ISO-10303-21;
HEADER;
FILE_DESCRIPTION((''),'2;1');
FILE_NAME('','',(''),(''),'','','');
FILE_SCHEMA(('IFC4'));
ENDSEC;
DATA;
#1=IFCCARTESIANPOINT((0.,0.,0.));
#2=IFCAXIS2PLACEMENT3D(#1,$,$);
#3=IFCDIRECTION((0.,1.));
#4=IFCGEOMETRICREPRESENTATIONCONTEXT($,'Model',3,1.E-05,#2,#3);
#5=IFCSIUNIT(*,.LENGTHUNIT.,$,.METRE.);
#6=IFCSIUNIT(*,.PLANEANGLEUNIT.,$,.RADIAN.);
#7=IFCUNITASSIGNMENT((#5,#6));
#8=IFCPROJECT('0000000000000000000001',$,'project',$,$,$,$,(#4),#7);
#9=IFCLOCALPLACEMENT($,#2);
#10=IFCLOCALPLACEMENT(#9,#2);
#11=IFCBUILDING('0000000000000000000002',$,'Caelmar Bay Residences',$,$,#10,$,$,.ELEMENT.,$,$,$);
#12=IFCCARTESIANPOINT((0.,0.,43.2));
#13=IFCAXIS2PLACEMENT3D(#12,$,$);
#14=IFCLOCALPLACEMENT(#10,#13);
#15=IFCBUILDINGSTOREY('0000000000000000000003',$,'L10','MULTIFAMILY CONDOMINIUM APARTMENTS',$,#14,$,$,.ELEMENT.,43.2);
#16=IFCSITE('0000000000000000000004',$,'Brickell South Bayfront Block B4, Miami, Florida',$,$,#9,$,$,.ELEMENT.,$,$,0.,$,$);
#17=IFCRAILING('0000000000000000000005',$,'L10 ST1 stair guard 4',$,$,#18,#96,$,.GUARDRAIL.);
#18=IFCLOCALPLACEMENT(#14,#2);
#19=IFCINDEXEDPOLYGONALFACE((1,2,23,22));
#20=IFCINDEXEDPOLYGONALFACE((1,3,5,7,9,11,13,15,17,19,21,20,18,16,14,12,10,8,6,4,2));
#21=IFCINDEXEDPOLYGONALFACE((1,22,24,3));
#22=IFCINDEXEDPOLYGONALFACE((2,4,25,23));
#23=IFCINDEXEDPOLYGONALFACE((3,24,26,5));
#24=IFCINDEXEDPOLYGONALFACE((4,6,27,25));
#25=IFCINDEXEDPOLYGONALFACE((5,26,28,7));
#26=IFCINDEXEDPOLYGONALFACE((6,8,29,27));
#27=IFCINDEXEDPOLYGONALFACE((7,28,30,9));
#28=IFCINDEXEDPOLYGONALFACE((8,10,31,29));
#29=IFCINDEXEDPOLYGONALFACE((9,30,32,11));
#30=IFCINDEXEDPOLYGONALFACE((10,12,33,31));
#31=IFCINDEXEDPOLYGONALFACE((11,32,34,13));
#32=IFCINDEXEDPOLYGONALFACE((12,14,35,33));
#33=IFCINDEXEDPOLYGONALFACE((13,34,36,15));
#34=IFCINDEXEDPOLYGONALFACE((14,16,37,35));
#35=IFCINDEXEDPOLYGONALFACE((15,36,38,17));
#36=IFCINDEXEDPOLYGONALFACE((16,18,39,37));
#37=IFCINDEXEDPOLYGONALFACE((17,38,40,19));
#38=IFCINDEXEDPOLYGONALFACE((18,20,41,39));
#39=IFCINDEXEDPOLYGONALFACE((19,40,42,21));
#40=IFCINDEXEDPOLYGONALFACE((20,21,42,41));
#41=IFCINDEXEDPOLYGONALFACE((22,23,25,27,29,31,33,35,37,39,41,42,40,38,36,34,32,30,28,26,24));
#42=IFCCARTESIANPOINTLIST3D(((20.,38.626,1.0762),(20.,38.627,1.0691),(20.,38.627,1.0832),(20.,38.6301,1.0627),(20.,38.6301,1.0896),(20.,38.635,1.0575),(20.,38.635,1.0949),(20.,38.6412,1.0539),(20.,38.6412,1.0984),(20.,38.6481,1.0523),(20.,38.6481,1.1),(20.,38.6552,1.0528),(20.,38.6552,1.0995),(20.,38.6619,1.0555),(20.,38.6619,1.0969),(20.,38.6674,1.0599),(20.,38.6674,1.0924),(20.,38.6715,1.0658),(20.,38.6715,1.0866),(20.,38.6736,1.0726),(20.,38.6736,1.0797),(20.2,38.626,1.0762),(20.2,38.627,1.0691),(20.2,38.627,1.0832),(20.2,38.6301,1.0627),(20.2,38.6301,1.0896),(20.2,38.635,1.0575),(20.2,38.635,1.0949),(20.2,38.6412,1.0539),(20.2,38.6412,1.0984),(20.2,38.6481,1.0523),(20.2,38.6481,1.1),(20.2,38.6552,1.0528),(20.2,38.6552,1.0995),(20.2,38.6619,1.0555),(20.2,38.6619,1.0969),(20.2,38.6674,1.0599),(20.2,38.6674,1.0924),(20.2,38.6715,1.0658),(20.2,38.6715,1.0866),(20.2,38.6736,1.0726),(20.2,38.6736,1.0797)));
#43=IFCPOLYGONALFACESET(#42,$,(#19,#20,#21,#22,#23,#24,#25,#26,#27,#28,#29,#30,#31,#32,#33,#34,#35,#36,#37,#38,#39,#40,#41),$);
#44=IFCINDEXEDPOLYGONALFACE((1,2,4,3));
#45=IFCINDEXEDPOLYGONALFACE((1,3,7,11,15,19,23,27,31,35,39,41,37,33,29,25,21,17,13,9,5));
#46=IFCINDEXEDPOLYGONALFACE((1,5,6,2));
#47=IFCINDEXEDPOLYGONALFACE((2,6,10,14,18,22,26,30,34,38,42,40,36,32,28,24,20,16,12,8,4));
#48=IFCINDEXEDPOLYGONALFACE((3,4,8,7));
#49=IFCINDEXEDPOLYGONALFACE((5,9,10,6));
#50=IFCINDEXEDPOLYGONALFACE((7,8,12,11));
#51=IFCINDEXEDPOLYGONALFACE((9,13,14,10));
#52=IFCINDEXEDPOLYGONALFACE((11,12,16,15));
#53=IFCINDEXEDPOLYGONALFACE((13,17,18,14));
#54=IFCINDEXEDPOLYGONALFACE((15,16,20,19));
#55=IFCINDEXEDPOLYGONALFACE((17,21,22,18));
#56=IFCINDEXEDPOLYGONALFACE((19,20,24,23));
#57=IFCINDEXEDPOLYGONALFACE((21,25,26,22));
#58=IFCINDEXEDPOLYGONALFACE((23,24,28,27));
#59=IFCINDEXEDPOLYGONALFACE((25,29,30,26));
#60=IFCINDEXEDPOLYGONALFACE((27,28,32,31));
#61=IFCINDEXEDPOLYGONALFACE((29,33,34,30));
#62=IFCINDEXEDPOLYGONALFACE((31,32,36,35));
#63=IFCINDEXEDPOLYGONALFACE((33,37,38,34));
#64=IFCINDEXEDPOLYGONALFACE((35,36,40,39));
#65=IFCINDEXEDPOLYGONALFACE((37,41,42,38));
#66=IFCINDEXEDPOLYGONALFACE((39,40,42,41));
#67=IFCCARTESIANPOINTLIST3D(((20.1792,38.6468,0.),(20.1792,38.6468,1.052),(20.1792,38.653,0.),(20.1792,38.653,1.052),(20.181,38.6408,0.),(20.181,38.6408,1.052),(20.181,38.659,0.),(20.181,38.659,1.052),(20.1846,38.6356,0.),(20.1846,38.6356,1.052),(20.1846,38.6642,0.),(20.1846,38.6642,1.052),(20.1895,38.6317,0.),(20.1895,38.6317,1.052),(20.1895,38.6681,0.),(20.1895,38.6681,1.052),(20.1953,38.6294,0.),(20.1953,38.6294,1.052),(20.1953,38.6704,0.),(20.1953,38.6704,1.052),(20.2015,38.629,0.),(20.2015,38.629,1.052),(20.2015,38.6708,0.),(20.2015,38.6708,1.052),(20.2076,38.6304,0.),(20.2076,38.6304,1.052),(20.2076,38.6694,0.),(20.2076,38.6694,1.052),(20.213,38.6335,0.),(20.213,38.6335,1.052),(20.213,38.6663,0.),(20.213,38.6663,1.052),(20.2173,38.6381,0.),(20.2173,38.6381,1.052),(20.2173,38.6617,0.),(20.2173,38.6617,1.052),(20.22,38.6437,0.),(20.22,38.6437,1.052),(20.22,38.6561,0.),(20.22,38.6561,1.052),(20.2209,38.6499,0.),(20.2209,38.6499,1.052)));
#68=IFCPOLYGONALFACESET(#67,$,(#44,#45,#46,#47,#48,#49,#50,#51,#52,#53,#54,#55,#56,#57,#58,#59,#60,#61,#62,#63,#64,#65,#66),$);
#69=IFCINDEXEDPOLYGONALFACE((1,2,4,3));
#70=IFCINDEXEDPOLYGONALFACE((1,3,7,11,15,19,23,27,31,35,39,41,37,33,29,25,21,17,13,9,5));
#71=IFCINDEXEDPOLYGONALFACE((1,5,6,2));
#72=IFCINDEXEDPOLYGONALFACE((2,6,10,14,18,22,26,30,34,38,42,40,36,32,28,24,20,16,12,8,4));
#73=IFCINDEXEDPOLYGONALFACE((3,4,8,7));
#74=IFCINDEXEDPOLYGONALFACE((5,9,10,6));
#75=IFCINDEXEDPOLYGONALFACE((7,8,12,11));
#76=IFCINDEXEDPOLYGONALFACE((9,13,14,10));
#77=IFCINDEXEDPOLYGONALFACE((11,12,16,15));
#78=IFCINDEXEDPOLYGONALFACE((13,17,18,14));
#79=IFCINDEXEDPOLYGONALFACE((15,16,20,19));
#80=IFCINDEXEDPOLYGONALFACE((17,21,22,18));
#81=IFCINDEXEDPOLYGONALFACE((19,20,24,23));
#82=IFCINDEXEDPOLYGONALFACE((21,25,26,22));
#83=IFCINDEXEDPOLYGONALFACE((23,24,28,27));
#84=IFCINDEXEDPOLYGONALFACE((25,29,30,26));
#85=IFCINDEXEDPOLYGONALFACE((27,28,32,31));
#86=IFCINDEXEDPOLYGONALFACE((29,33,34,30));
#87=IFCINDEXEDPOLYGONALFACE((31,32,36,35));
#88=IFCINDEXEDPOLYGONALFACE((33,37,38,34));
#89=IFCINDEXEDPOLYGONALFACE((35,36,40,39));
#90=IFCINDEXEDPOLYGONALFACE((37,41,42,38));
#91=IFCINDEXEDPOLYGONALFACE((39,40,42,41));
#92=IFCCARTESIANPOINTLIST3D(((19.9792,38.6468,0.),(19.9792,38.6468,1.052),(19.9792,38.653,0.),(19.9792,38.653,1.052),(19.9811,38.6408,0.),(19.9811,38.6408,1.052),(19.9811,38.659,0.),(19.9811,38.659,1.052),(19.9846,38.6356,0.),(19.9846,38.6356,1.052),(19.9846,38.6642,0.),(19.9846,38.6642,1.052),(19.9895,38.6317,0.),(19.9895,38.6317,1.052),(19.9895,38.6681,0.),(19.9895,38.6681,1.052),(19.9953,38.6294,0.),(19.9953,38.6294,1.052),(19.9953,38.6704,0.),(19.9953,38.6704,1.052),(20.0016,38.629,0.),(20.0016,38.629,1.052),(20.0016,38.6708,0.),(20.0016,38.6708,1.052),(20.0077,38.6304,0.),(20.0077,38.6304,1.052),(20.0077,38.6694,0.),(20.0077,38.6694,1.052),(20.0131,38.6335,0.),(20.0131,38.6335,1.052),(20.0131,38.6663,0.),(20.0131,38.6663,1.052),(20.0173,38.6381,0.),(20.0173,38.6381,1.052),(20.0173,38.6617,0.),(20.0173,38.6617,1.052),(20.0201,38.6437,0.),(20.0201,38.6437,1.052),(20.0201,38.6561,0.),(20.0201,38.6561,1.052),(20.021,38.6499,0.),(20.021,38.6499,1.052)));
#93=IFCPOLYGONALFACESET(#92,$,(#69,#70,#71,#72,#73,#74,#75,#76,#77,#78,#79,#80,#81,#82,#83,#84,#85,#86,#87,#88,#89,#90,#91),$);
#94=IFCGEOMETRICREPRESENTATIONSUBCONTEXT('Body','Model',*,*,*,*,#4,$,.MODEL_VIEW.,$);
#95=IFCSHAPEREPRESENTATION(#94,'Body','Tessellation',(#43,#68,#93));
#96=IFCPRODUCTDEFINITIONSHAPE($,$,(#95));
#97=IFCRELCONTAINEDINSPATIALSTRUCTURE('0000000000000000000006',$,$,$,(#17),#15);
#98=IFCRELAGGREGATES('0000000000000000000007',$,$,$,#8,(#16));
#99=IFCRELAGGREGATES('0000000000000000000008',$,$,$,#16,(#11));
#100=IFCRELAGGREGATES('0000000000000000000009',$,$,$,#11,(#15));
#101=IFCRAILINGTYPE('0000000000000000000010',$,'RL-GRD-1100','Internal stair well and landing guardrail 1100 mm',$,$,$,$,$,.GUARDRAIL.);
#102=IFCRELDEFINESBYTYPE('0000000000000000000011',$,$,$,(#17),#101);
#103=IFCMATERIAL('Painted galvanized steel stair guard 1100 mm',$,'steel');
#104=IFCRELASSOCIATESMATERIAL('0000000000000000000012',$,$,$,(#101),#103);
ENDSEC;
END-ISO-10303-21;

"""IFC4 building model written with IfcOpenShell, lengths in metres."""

from ifc_helpers import new_model, si_unit, direction, frame, origin, origin_2d, place, context, subcontext, project, spatial, circle, extrude, material, type_object, element, save


model = new_model("IFC4")

# Units and contexts
model_context = context("Model", 3, precision=1e-05, world=origin(), true_north=direction((0.0, 1.0)))
body_context = subcontext(model_context, "Body", "Model", "MODEL_VIEW")
ifc_project = project(units=[si_unit("LENGTHUNIT", "METRE"), si_unit("PLANEANGLEUNIT", "RADIAN")], contexts=[model_context])

# Site, building, storey
site_placement = place(None, origin())
site = spatial("IfcSite", under=ifc_project, at=site_placement, Name="Brickell South Bayfront Block B4, Miami, Florida", CompositionType="ELEMENT", RefElevation=0.0)
building_placement = place(site_placement, origin())
building = spatial("IfcBuilding", under=site, at=building_placement, Name="Caelmar Bay Residences", CompositionType="ELEMENT")
storey_placement = place(building_placement, frame((0.0, 0.0, 43.2)))
storey = spatial("IfcBuildingStorey", under=building, at=storey_placement, Name="L10", Description="MULTIFAMILY CONDOMINIUM APARTMENTS", CompositionType="ELEMENT", Elevation=43.2)

# Railing
ifc_material_1 = material(Name="Painted galvanized steel stair guard 1100 mm", Category="steel")
railing_type_1 = type_object("IfcRailingType", Name="RL-GRD-1100", Description="Internal stair well and landing guardrail 1100 mm", PredefinedType="GUARDRAIL", material=ifc_material_1)
railing_1_placement = place(storey_placement, frame((20.2, 38.6499, 0.0)))
element("IfcRailing", 1, at=railing_1_placement, inside=storey, type_object=railing_type_1, Name="L10 ST1 stair guard 4", PredefinedType="GUARDRAIL", context=body_context, shape_type="SweptSolid", body=[
    extrude(circle(Radius=0.0239, at=origin_2d()), frame((0.0, 0.0, 1.0762), z_axis=(-1.0, 0.0, 0.0), x_axis=(0.0, -1.0, 0.0)), (0.0, 0.0, 1.0), 0.2),
    extrude(circle(Radius=0.021, at=origin_2d()), origin(), (0.0, 0.0, 1.0), 1.052),
    extrude(circle(Radius=0.021, at=origin_2d()), frame((-0.2, 0.0, 0.0)), (0.0, 0.0, 1.0), 1.052),
])

save(model, "model.ifc")
